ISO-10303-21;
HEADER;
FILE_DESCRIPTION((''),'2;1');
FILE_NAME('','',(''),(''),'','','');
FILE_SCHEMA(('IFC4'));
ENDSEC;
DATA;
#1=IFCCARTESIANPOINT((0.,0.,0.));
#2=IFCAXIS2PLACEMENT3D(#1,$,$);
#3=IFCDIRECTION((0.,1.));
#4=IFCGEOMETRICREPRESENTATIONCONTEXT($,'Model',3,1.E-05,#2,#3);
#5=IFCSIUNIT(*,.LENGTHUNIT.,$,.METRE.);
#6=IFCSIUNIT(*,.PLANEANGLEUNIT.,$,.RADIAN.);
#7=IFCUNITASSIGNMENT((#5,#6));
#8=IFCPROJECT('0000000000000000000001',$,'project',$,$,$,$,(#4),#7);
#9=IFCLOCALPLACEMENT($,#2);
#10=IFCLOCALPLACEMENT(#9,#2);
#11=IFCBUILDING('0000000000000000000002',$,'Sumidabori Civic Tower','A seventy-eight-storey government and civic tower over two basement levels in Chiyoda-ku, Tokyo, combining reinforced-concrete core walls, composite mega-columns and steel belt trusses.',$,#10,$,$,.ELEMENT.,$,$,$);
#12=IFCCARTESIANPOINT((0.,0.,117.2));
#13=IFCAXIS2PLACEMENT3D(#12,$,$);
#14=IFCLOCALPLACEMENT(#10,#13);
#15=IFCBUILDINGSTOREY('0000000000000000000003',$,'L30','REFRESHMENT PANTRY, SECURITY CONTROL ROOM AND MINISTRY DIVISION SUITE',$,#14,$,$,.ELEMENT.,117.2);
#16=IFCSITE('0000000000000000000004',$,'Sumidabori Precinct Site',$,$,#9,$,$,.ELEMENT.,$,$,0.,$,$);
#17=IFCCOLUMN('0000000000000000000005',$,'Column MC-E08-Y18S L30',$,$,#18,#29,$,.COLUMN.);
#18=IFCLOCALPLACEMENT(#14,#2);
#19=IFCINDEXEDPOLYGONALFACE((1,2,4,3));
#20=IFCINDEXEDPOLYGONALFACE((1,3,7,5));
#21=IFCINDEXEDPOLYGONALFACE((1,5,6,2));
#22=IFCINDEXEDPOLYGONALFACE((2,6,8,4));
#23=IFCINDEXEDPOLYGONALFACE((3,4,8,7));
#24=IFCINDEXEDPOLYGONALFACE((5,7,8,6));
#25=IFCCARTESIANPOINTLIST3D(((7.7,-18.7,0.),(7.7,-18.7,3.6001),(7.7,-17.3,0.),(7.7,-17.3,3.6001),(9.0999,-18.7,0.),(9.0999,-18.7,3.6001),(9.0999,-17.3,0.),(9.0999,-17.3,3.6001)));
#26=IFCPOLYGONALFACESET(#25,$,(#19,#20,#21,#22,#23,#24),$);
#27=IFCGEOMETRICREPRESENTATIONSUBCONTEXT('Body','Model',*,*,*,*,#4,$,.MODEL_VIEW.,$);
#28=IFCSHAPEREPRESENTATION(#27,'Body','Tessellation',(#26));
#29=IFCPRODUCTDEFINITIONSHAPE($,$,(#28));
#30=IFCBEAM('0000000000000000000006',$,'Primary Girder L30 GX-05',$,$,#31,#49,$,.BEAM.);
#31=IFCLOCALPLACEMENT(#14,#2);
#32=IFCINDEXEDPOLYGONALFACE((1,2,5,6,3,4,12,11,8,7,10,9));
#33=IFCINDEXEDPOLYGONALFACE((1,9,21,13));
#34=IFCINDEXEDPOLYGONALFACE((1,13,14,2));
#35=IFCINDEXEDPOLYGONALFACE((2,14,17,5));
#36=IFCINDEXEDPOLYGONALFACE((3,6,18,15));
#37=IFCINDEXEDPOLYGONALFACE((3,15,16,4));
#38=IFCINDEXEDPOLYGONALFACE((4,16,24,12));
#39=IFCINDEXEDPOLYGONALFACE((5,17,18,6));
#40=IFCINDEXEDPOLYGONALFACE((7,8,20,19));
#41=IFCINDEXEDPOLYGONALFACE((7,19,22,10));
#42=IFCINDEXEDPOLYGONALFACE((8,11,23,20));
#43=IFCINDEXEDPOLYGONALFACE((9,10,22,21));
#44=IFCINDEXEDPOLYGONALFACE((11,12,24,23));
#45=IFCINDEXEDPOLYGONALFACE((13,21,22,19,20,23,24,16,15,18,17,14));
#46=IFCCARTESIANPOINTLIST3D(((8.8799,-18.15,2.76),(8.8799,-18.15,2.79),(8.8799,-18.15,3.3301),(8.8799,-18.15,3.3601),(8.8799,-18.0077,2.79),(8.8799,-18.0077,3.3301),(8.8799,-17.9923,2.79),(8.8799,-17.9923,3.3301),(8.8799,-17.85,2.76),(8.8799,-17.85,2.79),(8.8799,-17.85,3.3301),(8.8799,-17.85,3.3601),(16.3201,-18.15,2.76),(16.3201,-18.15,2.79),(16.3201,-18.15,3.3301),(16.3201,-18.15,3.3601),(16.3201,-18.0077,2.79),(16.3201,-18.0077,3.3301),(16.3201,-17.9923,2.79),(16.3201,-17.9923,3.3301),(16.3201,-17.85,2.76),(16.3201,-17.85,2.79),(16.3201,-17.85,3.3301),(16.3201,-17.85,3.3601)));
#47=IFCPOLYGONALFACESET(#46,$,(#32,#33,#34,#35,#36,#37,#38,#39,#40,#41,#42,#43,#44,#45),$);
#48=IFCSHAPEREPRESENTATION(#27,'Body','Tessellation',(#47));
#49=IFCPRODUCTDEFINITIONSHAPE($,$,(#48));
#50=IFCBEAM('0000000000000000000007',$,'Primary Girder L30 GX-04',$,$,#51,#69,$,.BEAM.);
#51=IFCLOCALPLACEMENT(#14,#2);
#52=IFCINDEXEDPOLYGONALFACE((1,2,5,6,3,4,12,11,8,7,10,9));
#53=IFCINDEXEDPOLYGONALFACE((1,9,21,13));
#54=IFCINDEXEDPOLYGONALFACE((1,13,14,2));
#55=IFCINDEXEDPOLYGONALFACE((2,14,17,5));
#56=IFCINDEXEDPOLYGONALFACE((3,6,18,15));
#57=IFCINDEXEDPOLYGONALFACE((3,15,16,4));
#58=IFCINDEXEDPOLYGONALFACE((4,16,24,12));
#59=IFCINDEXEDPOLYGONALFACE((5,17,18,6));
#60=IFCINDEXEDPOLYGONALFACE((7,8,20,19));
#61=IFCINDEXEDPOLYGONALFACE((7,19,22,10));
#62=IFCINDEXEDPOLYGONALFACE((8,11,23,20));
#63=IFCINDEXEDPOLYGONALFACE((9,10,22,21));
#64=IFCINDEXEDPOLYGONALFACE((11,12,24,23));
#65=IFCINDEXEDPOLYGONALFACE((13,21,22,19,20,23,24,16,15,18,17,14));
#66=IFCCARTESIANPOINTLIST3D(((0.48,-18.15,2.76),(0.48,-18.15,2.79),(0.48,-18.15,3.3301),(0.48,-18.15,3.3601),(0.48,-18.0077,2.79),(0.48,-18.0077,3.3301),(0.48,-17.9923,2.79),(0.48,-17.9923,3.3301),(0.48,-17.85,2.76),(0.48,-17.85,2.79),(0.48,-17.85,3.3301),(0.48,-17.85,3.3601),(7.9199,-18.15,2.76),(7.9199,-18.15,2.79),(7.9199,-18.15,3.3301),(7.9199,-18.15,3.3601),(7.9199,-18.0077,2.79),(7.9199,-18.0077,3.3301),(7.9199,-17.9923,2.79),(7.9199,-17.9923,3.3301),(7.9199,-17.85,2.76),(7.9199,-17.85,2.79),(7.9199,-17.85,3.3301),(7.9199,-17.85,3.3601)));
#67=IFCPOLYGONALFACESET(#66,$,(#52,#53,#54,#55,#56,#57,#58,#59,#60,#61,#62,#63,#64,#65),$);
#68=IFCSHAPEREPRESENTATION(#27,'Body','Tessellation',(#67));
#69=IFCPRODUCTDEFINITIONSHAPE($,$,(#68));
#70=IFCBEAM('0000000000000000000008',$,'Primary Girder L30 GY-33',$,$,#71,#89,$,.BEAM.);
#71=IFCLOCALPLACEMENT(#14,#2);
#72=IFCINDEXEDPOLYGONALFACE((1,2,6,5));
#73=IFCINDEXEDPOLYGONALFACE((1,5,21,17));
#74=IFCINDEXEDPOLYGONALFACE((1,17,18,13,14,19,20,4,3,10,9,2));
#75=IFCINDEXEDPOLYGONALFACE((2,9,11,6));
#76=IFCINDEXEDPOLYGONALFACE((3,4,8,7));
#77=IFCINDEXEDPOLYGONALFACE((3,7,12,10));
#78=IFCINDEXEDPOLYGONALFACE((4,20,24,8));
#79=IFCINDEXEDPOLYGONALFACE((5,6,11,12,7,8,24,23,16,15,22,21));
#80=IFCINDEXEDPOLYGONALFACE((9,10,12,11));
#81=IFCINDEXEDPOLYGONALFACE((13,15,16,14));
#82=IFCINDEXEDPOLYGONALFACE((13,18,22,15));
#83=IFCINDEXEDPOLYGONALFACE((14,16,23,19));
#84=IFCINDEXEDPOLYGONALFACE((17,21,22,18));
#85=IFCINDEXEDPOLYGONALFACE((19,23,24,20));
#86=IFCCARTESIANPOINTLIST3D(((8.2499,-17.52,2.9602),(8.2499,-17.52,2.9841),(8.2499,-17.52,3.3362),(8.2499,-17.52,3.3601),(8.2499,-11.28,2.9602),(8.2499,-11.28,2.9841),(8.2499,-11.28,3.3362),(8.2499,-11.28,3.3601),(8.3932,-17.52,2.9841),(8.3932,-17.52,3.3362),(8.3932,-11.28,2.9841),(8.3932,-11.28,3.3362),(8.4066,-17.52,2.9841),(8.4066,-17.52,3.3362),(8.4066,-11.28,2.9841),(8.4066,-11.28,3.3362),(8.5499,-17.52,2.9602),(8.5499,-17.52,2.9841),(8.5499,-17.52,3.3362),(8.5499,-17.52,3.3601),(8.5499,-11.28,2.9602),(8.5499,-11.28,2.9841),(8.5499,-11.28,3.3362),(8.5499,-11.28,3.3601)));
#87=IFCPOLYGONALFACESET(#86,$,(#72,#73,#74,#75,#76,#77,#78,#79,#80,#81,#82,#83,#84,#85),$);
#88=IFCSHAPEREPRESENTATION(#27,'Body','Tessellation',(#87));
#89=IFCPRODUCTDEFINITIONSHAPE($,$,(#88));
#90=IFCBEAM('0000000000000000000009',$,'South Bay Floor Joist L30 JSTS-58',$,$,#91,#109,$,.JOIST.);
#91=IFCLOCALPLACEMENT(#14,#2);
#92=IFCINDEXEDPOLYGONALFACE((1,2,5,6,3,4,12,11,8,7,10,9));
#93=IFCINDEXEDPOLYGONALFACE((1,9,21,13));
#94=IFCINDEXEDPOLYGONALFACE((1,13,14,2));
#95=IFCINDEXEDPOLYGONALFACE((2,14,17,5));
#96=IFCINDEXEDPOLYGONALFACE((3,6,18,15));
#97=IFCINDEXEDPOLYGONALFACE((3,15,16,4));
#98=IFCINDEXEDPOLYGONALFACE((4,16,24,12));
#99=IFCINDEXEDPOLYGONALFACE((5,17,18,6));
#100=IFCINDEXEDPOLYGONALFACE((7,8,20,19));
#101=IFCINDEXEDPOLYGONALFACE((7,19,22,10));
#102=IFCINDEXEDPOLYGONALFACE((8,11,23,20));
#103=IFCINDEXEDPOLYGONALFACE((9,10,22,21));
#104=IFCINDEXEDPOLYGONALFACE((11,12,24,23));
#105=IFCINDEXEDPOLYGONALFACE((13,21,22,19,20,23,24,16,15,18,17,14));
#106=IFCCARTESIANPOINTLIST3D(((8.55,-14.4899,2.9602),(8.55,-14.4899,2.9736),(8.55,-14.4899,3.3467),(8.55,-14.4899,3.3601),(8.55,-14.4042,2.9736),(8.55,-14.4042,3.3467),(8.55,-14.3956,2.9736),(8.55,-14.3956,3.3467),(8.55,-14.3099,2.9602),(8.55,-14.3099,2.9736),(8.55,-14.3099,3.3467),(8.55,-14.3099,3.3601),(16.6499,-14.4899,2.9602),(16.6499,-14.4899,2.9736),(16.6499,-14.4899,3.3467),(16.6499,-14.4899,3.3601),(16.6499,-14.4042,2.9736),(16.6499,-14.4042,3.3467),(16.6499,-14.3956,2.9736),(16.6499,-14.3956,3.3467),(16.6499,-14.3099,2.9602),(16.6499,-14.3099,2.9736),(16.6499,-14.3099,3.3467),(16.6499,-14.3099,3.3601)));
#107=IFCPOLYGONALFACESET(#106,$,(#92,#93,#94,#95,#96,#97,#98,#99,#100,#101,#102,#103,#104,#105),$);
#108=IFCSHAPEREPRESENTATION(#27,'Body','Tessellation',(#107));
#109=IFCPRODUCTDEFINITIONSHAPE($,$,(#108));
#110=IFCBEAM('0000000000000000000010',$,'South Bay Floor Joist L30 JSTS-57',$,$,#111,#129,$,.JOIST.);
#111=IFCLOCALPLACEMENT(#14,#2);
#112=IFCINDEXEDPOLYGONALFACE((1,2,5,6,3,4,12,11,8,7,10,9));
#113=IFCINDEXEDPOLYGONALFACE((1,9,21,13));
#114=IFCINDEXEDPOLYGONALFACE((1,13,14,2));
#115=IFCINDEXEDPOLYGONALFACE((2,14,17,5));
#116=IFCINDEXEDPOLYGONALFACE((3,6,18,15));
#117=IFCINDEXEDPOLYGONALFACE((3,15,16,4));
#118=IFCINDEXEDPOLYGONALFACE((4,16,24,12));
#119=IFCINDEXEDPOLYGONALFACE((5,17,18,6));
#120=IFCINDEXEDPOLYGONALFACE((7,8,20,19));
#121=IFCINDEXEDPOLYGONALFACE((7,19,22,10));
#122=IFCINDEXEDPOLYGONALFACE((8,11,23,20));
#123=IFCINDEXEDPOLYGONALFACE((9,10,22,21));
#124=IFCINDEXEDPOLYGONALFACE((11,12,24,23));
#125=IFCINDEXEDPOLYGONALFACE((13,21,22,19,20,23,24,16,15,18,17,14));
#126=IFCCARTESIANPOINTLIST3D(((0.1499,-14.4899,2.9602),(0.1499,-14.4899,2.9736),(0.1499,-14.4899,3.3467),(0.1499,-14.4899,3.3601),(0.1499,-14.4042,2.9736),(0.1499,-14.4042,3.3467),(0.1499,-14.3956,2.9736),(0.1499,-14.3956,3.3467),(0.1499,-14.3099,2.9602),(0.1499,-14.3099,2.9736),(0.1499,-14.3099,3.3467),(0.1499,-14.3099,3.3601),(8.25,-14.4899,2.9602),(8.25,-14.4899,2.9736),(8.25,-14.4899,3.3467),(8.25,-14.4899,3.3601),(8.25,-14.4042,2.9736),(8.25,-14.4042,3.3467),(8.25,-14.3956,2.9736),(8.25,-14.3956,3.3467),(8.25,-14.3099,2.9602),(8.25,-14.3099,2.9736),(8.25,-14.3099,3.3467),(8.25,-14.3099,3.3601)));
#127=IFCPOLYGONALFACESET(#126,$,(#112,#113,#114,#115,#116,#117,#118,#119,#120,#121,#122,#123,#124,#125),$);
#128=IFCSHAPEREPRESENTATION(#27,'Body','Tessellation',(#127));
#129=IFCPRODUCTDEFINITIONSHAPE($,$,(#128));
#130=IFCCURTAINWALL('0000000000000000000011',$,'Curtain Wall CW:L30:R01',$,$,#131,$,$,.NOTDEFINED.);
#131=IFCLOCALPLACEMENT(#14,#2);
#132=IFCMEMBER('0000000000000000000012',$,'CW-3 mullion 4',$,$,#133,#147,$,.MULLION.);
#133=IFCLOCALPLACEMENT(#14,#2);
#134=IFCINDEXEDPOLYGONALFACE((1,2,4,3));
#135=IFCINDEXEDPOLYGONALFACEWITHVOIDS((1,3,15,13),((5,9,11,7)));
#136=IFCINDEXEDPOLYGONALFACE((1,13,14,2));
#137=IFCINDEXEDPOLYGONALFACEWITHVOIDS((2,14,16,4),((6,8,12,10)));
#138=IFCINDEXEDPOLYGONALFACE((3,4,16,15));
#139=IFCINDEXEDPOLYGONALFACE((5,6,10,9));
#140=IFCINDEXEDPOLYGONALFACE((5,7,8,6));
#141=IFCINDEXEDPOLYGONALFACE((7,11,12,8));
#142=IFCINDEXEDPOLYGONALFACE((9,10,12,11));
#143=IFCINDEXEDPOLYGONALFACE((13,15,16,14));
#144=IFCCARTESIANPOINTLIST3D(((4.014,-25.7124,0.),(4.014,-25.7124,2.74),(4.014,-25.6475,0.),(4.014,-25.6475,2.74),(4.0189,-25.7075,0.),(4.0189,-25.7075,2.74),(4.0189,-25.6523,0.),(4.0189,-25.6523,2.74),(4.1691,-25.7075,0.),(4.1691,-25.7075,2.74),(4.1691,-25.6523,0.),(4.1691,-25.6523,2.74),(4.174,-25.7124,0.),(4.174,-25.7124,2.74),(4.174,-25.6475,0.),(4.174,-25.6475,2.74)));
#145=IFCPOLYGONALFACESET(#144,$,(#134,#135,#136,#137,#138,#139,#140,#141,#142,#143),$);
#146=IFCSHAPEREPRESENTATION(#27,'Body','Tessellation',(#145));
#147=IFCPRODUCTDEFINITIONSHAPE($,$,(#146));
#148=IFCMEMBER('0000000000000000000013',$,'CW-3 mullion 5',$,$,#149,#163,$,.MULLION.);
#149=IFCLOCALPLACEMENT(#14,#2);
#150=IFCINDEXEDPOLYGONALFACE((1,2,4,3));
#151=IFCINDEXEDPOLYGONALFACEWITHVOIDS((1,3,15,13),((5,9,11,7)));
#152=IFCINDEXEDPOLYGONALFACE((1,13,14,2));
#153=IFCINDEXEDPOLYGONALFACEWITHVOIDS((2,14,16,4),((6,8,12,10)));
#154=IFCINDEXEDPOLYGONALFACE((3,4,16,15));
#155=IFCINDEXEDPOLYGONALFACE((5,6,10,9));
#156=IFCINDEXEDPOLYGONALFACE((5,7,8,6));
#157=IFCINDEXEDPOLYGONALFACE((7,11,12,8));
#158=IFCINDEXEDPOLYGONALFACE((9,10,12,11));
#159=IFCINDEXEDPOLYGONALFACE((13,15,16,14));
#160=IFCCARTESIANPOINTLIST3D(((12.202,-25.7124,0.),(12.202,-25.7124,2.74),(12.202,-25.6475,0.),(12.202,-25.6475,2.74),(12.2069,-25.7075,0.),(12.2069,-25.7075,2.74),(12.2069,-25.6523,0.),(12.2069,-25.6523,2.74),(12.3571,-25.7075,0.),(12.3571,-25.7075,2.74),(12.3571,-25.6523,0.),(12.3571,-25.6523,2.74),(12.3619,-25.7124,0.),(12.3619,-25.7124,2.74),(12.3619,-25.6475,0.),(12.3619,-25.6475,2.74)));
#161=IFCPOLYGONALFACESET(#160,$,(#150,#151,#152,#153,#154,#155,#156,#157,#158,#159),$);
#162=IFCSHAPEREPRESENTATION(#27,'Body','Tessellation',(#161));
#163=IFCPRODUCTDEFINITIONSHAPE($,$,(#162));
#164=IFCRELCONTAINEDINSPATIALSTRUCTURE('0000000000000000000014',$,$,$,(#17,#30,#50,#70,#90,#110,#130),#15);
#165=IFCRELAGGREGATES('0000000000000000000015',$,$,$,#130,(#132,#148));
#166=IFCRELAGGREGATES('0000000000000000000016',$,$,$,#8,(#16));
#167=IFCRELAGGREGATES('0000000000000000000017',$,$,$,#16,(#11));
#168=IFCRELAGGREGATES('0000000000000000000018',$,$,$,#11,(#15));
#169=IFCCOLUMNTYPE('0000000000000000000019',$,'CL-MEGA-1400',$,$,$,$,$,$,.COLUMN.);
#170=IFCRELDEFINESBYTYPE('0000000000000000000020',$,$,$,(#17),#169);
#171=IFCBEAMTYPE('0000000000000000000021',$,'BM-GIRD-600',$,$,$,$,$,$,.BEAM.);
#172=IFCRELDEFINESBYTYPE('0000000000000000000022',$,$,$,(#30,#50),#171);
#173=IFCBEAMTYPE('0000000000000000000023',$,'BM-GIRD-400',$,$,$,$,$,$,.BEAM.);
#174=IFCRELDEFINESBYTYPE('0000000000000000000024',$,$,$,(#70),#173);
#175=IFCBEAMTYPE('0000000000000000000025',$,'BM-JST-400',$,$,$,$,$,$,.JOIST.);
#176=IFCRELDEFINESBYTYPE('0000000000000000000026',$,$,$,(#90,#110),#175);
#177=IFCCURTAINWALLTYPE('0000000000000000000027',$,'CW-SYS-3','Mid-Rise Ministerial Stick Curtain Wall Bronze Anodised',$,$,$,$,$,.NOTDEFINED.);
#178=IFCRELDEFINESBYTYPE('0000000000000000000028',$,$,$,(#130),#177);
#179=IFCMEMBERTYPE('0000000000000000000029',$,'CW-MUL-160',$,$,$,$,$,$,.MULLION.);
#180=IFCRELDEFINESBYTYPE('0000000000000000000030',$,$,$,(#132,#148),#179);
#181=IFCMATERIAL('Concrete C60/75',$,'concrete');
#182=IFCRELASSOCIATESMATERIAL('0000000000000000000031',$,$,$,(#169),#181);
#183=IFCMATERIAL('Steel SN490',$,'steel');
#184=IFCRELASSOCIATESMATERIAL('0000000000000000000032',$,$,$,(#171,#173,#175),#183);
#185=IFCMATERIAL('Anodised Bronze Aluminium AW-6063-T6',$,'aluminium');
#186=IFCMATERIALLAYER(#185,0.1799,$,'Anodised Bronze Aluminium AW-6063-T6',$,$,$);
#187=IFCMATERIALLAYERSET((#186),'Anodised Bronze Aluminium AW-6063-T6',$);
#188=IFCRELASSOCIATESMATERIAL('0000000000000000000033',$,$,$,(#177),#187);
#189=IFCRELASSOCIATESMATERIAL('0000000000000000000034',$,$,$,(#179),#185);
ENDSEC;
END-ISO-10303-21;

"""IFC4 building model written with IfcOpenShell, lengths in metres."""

from ifc_helpers import new_model, si_unit, direction, frame, origin, origin_2d, place, context, subcontext, project, spatial, rectangle, hollow_rectangle, i_section, extrude, source, transform, mapped, material, layer, layer_set, material_profile, profile_set, type_object, element, aggregate, save


model = new_model("IFC4")

# Units and contexts
model_context = context("Model", 3, precision=1e-05, world=origin(), true_north=direction((0.0, 1.0)))
body_context = subcontext(model_context, "Body", "Model", "MODEL_VIEW")
ifc_project = project(units=[si_unit("LENGTHUNIT", "METRE"), si_unit("PLANEANGLEUNIT", "RADIAN")], contexts=[model_context])

# Site, building, storey
site_placement = place(None, origin())
site = spatial("IfcSite", under=ifc_project, at=site_placement, Name="Sumidabori Precinct Site", CompositionType="ELEMENT", RefElevation=0.0)
building_placement = place(site_placement, origin())
building = spatial("IfcBuilding", under=site, at=building_placement, Name="Sumidabori Civic Tower", Description="A seventy-eight-storey government and civic tower over two basement levels in Chiyoda-ku, Tokyo, combining reinforced-concrete core walls, composite mega-columns and steel belt trusses.", CompositionType="ELEMENT")
storey_placement = place(building_placement, frame((0.0, 0.0, 117.2)))
storey = spatial("IfcBuildingStorey", under=building, at=storey_placement, Name="L30", Description="REFRESHMENT PANTRY, SECURITY CONTROL ROOM AND MINISTRY DIVISION SUITE", CompositionType="ELEMENT", Elevation=117.2)

# Column
ifc_material_1 = material(Name="Concrete C60/75", Category="concrete")
ifc_material_profile_1 = material_profile(ifc_material_1, rectangle(XDim=1.3999, YDim=1.3999, at=origin_2d()), Name="RC 1400x1400")
ifc_profile_set_1 = profile_set([ifc_material_profile_1], Name="Concrete C60/75")
column_type = type_object("IfcColumnType", Name="CL-MEGA-1400", PredefinedType="COLUMN", material=ifc_profile_set_1)
shared_shape_1 = source(origin(), body_context, "Body", "SweptSolid", [
    extrude(rectangle(XDim=1.3999, YDim=1.3999, at=origin_2d()), origin(), (0.0, 0.0, 1.0), 3.6001),
])
column_placement = place(storey_placement, frame((8.3999, -18.0, 0.0), z_axis=(0.0, 0.0, 1.0), x_axis=(1.0, 0.0, 0.0)))
element("IfcColumn", 1, at=column_placement, inside=storey, type_object=column_type, Name="Column MC-E08-Y18S L30", PredefinedType="COLUMN", context=body_context, shape_type="MappedRepresentation", body=[
    mapped(shared_shape_1, transform((0.0, 0.0, 0.0), x_axis=(1.0, 0.0, 0.0), y_axis=(0.0, 1.0, 0.0), z_axis=(0.0, 0.0, 1.0), scale=1.0)),
])

# Beams
ifc_material_2 = material(Name="Steel SN490", Category="steel")
ifc_material_profile_2 = material_profile(ifc_material_2, i_section(OverallWidth=0.3, OverallDepth=0.6001, WebThickness=0.0154, FlangeThickness=0.03, at=origin_2d()), Name="HE 600 B")
ifc_profile_set_2 = profile_set([ifc_material_profile_2], Name="Steel SN490")
beam_type_1 = type_object("IfcBeamType", Name="BM-GIRD-600", PredefinedType="BEAM", material=ifc_profile_set_2)
shared_shape_2 = source(origin(), body_context, "Body", "SweptSolid", [
    extrude(i_section(OverallWidth=0.3, OverallDepth=0.6001, WebThickness=0.0154, FlangeThickness=0.03, at=origin_2d()), origin(), (0.0, 0.0, 1.0), 7.4402),
])
beam_1_placement = place(storey_placement, frame((8.8799, -18.0, 3.0601), z_axis=(1.0, 0.0, 0.0), x_axis=(0.0, 1.0, 0.0)))
element("IfcBeam", 2, at=beam_1_placement, inside=storey, type_object=beam_type_1, Name="Primary Girder L30 GX-05", PredefinedType="BEAM", context=body_context, shape_type="MappedRepresentation", body=[
    mapped(shared_shape_2, transform((0.0, 0.0, 0.0), x_axis=(1.0, 0.0, 0.0), y_axis=(0.0, 1.0, 0.0), z_axis=(0.0, 0.0, 1.0), scale=1.0)),
])
shared_shape_3 = source(origin(), body_context, "Body", "SweptSolid", [
    extrude(i_section(OverallWidth=0.3, OverallDepth=0.6001, WebThickness=0.0154, FlangeThickness=0.03, at=origin_2d()), origin(), (0.0, 0.0, 1.0), 7.4399),
])
beam_2_placement = place(storey_placement, frame((0.48, -18.0, 3.0601), z_axis=(1.0, 0.0, 0.0), x_axis=(0.0, 1.0, 0.0)))
element("IfcBeam", 3, at=beam_2_placement, inside=storey, type_object=beam_type_1, Name="Primary Girder L30 GX-04", PredefinedType="BEAM", context=body_context, shape_type="MappedRepresentation", body=[
    mapped(shared_shape_3, transform((0.0, 0.0, 0.0), x_axis=(1.0, 0.0, 0.0), y_axis=(0.0, 1.0, 0.0), z_axis=(0.0, 0.0, 1.0), scale=1.0)),
])
ifc_material_profile_3 = material_profile(ifc_material_2, i_section(OverallWidth=0.3, OverallDepth=0.3999, WebThickness=0.0134, FlangeThickness=0.0239, at=origin_2d()), Name="HE 400 B")
ifc_profile_set_3 = profile_set([ifc_material_profile_3], Name="Steel SN490")
beam_type_2 = type_object("IfcBeamType", Name="BM-GIRD-400", PredefinedType="BEAM", material=ifc_profile_set_3)
shared_shape_4 = source(origin(), body_context, "Body", "SweptSolid", [
    extrude(i_section(OverallWidth=0.3, OverallDepth=0.3999, WebThickness=0.0134, FlangeThickness=0.0239, at=origin_2d()), origin(), (0.0, 0.0, 1.0), 6.24),
])
beam_3_placement = place(storey_placement, frame((8.3999, -17.52, 3.1602), z_axis=(0.0, 1.0, 0.0), x_axis=(-1.0, 0.0, 0.0)))
element("IfcBeam", 4, at=beam_3_placement, inside=storey, type_object=beam_type_2, Name="Primary Girder L30 GY-33", PredefinedType="BEAM", context=body_context, shape_type="MappedRepresentation", body=[
    mapped(shared_shape_4, transform((0.0, 0.0, 0.0), x_axis=(1.0, 0.0, 0.0), y_axis=(0.0, 1.0, 0.0), z_axis=(0.0, 0.0, 1.0), scale=1.0)),
])
ifc_material_profile_4 = material_profile(ifc_material_2, i_section(OverallWidth=0.1799, OverallDepth=0.3999, WebThickness=0.0085, FlangeThickness=0.0134, at=origin_2d()), Name="IPE 400")
ifc_profile_set_4 = profile_set([ifc_material_profile_4], Name="Steel SN490")
beam_type_3 = type_object("IfcBeamType", Name="BM-JST-400", PredefinedType="JOIST", material=ifc_profile_set_4)
shared_shape_5 = source(origin(), body_context, "Body", "SweptSolid", [
    extrude(i_section(OverallWidth=0.1799, OverallDepth=0.3999, WebThickness=0.0085, FlangeThickness=0.0134, at=origin_2d()), origin(), (0.0, 0.0, 1.0), 8.0999),
])
beam_4_placement = place(storey_placement, frame((8.55, -14.3999, 3.1602), z_axis=(1.0, 0.0, 0.0), x_axis=(0.0, 1.0, 0.0)))
element("IfcBeam", 5, at=beam_4_placement, inside=storey, type_object=beam_type_3, Name="South Bay Floor Joist L30 JSTS-58", PredefinedType="JOIST", context=body_context, shape_type="MappedRepresentation", body=[
    mapped(shared_shape_5, transform((0.0, 0.0, 0.0), x_axis=(1.0, 0.0, 0.0), y_axis=(0.0, 1.0, 0.0), z_axis=(0.0, 0.0, 1.0), scale=1.0)),
])
shared_shape_6 = source(origin(), body_context, "Body", "SweptSolid", [
    extrude(i_section(OverallWidth=0.1799, OverallDepth=0.3999, WebThickness=0.0085, FlangeThickness=0.0134, at=origin_2d()), origin(), (0.0, 0.0, 1.0), 8.1001),
])
beam_5_placement = place(storey_placement, frame((0.1499, -14.3999, 3.1602), z_axis=(1.0, 0.0, 0.0), x_axis=(0.0, 1.0, 0.0)))
element("IfcBeam", 6, at=beam_5_placement, inside=storey, type_object=beam_type_3, Name="South Bay Floor Joist L30 JSTS-57", PredefinedType="JOIST", context=body_context, shape_type="MappedRepresentation", body=[
    mapped(shared_shape_6, transform((0.0, 0.0, 0.0), x_axis=(1.0, 0.0, 0.0), y_axis=(0.0, 1.0, 0.0), z_axis=(0.0, 0.0, 1.0), scale=1.0)),
])

# Curtain wall, members
ifc_material_3 = material(Name="Anodised Bronze Aluminium AW-6063-T6", Category="aluminium")
ifc_layer_1 = layer(ifc_material_3, 0.1799, Name="Anodised Bronze Aluminium AW-6063-T6")
ifc_layer_set_1 = layer_set([ifc_layer_1], Name="Anodised Bronze Aluminium AW-6063-T6")
curtain_wall_type = type_object("IfcCurtainWallType", Name="CW-SYS-3", Description="Mid-Rise Ministerial Stick Curtain Wall Bronze Anodised", PredefinedType="NOTDEFINED", material=ifc_layer_set_1)
curtain_wall_placement = place(storey_placement, origin())
curtain_wall = element("IfcCurtainWall", 7, at=curtain_wall_placement, inside=storey, type_object=curtain_wall_type, Name="Curtain Wall CW:L30:R01", PredefinedType="NOTDEFINED")
ifc_material_profile_5 = material_profile(ifc_material_3, hollow_rectangle(XDim=0.0649, YDim=0.1599, WallThickness=0.0049, at=origin_2d()), Name="ALU MULLION 160x65")
ifc_profile_set_5 = profile_set([ifc_material_profile_5], Name="Anodised Bronze Aluminium AW-6063-T6")
member_type_1 = type_object("IfcMemberType", Name="CW-MUL-160", PredefinedType="MULLION", material=ifc_profile_set_5)
shared_shape_7 = source(origin(), body_context, "Body", "SweptSolid", [
    extrude(hollow_rectangle(XDim=0.0649, YDim=0.1599, WallThickness=0.0049, at=origin_2d()), origin(), (0.0, 0.0, 1.0), 2.74),
])
member_1_placement = place(storey_placement, frame((4.094, -25.6799, 0.0), z_axis=(0.0, 0.0, 1.0), x_axis=(0.0, 1.0, 0.0)))
member_1 = element("IfcMember", 8, at=member_1_placement, type_object=member_type_1, Name="CW-3 mullion 4", PredefinedType="MULLION", context=body_context, shape_type="MappedRepresentation", body=[
    mapped(shared_shape_7, transform((0.0, 0.0, 0.0), x_axis=(1.0, 0.0, 0.0), y_axis=(0.0, 1.0, 0.0), z_axis=(0.0, 0.0, 1.0), scale=1.0)),
])
member_2_placement = place(storey_placement, frame((12.282, -25.6799, 0.0), z_axis=(0.0, 0.0, 1.0), x_axis=(0.0, 1.0, 0.0)))
member_2 = element("IfcMember", 9, at=member_2_placement, type_object=member_type_1, Name="CW-3 mullion 5", PredefinedType="MULLION", context=body_context, shape_type="MappedRepresentation", body=[
    mapped(shared_shape_7, transform((0.0, 0.0, 0.0), x_axis=(1.0, 0.0, 0.0), y_axis=(0.0, 1.0, 0.0), z_axis=(0.0, 0.0, 1.0), scale=1.0)),
])
aggregate(curtain_wall, [member_1, member_2])

save(model, "model.ifc")
